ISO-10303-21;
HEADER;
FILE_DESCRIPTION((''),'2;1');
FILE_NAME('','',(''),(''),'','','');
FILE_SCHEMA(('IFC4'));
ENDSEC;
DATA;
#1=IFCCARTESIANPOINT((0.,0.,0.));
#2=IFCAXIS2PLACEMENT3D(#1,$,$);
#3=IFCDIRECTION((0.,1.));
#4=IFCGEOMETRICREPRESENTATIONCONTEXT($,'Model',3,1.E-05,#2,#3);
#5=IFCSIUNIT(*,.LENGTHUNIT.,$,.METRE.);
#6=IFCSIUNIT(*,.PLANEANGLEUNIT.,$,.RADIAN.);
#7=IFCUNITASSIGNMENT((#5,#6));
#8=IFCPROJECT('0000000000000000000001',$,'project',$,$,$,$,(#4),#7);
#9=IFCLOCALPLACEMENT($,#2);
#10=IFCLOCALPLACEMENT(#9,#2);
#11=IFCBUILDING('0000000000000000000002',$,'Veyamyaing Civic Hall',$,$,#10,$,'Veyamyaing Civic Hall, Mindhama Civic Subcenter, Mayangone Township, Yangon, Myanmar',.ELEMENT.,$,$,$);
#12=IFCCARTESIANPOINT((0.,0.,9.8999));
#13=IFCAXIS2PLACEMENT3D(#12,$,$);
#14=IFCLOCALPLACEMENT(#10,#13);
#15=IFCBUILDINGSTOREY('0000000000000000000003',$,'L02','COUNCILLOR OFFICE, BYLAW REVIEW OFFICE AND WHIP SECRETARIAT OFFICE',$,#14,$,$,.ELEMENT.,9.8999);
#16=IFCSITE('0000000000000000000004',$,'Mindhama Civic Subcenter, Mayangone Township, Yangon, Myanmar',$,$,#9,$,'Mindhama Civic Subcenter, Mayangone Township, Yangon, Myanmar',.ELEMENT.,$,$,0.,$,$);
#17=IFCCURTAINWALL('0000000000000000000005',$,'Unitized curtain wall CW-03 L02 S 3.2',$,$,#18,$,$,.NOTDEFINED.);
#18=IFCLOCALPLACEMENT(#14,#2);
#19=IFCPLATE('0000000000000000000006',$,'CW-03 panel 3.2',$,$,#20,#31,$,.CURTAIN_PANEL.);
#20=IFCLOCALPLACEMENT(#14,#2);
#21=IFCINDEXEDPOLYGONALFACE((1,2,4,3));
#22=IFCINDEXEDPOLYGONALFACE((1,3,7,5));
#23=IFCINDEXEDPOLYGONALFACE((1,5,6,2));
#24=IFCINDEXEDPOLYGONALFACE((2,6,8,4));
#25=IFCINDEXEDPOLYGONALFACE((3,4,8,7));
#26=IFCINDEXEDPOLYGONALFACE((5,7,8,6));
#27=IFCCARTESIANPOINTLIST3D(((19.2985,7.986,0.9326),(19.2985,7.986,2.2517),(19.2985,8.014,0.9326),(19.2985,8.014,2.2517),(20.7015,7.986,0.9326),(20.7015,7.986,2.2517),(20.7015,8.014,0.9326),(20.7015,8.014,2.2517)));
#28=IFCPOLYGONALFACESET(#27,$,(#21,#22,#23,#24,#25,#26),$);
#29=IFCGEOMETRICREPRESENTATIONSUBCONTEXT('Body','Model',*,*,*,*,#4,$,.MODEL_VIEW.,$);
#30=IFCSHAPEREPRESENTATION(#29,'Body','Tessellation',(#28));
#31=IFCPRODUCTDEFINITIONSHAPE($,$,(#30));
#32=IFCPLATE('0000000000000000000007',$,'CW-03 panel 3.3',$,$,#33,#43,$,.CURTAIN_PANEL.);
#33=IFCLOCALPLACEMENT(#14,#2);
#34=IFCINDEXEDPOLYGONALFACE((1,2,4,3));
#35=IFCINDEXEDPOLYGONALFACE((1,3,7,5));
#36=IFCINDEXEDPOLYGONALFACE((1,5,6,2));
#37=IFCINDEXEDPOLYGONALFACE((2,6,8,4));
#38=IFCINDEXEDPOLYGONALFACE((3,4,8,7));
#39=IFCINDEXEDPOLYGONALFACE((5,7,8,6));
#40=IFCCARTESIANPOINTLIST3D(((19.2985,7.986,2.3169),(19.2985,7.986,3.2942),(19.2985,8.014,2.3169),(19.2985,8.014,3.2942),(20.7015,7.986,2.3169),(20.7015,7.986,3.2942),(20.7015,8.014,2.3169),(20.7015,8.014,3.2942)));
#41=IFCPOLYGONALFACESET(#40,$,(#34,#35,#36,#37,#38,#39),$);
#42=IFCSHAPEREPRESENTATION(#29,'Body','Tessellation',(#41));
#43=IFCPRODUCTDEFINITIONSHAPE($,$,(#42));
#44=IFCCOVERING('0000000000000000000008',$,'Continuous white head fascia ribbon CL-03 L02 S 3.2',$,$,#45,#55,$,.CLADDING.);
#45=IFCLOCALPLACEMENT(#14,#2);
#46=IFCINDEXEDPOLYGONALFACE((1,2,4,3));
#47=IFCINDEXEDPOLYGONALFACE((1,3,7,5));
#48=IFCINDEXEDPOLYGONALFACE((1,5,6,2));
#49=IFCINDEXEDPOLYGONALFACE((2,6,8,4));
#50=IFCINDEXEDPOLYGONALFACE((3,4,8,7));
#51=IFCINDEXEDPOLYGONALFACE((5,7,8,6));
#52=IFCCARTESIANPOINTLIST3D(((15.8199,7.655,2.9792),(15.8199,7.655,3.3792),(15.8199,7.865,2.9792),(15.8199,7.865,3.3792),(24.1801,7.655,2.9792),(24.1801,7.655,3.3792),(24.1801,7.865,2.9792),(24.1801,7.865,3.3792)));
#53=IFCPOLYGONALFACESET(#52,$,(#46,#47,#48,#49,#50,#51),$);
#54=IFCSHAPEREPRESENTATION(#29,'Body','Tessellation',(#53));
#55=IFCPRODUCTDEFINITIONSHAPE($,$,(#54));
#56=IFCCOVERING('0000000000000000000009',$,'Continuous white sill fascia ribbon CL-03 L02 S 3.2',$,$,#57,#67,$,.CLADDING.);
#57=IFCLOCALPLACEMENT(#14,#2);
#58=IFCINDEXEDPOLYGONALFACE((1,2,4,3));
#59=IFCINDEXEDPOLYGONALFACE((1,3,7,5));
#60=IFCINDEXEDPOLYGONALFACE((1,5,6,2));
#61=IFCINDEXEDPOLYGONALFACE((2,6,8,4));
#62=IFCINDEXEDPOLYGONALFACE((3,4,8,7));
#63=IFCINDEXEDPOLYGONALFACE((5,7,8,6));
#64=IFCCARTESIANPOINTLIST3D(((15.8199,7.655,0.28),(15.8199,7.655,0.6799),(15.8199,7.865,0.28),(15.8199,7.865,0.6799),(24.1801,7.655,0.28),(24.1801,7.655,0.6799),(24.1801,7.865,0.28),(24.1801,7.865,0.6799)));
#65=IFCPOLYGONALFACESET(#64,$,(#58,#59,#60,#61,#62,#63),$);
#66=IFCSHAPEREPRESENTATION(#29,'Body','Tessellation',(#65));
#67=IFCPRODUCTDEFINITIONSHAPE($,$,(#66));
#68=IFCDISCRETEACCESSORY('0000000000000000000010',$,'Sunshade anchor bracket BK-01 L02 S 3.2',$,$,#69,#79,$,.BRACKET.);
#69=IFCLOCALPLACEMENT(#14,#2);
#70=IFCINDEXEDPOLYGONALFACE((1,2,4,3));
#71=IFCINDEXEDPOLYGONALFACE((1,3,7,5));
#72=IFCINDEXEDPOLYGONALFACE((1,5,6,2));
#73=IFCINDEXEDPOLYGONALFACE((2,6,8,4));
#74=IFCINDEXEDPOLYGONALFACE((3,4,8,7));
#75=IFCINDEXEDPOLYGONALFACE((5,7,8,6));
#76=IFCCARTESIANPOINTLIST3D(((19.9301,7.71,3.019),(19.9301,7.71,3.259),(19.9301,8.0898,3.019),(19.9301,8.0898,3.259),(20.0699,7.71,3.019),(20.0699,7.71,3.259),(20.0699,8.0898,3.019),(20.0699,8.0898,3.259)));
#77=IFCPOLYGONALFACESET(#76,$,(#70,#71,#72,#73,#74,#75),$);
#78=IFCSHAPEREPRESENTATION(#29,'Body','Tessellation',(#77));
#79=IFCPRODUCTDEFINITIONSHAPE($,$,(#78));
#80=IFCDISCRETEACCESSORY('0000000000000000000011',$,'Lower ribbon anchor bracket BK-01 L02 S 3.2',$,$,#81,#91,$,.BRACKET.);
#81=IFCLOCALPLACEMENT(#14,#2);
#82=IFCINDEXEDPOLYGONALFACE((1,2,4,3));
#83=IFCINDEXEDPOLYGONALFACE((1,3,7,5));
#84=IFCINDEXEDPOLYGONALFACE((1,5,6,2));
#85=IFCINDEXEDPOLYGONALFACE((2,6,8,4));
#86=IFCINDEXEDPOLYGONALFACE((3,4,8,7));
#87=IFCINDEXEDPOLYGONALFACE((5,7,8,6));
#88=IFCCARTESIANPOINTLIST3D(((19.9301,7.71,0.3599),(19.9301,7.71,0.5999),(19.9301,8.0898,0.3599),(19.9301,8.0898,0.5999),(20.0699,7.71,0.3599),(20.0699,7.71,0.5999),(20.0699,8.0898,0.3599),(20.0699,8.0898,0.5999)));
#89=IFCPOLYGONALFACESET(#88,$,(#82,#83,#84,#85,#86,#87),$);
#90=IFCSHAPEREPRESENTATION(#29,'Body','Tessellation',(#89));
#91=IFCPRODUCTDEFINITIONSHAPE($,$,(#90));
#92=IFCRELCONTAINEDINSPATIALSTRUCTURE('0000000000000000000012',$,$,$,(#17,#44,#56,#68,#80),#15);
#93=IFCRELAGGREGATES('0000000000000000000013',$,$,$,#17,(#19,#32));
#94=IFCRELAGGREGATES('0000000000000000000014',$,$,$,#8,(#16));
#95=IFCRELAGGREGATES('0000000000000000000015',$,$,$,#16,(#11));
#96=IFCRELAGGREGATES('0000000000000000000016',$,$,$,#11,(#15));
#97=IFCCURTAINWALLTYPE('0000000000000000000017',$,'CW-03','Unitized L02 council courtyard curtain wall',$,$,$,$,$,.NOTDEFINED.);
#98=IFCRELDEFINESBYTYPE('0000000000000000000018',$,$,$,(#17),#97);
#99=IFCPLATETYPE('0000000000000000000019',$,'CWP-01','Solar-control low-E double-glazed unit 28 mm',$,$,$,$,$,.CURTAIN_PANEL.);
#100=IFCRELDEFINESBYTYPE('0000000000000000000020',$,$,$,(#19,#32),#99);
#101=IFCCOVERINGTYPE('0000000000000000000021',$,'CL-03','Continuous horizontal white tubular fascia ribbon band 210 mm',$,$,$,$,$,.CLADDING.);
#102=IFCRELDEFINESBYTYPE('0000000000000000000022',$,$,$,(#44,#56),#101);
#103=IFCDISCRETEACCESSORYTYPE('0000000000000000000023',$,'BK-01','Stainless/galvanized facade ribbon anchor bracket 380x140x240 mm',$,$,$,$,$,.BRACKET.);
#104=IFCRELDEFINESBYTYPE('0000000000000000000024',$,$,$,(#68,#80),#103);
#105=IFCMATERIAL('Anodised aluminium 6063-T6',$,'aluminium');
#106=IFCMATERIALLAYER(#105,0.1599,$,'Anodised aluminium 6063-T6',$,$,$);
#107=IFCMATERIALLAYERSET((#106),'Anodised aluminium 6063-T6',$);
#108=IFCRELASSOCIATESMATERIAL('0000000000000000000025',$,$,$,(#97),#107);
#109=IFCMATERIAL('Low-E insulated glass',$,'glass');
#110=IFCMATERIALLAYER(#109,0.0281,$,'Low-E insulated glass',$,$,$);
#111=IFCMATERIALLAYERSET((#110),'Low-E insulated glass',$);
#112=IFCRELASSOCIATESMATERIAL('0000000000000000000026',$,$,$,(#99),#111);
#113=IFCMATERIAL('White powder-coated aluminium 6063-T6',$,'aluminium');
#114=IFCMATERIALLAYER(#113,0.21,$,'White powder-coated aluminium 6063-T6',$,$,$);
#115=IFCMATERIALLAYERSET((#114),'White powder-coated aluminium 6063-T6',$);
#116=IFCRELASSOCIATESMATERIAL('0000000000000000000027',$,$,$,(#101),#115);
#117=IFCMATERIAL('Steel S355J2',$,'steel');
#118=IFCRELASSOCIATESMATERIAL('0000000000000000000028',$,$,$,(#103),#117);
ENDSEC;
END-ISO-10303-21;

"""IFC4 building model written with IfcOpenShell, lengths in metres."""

from ifc_helpers import new_model, si_unit, direction, frame, origin, origin_2d, place, context, subcontext, project, spatial, rectangle, extrude, material, layer, layer_set, type_object, element, aggregate, save


model = new_model("IFC4")

# Units and contexts
model_context = context("Model", 3, precision=1e-05, world=origin(), true_north=direction((0.0, 1.0)))
body_context = subcontext(model_context, "Body", "Model", "MODEL_VIEW")
ifc_project = project(units=[si_unit("LENGTHUNIT", "METRE"), si_unit("PLANEANGLEUNIT", "RADIAN")], contexts=[model_context])

# Site, building, storey
site_placement = place(None, origin())
site = spatial("IfcSite", under=ifc_project, at=site_placement, Name="Mindhama Civic Subcenter, Mayangone Township, Yangon, Myanmar", LongName="Mindhama Civic Subcenter, Mayangone Township, Yangon, Myanmar", CompositionType="ELEMENT", RefElevation=0.0)
building_placement = place(site_placement, origin())
building = spatial("IfcBuilding", under=site, at=building_placement, Name="Veyamyaing Civic Hall", LongName="Veyamyaing Civic Hall, Mindhama Civic Subcenter, Mayangone Township, Yangon, Myanmar", CompositionType="ELEMENT")
storey_placement = place(building_placement, frame((0.0, 0.0, 9.8999)))
storey = spatial("IfcBuildingStorey", under=building, at=storey_placement, Name="L02", Description="COUNCILLOR OFFICE, BYLAW REVIEW OFFICE AND WHIP SECRETARIAT OFFICE", CompositionType="ELEMENT", Elevation=9.8999)

# Curtain wall, plates
ifc_material_1 = material(Name="Anodised aluminium 6063-T6", Category="aluminium")
ifc_layer_1 = layer(ifc_material_1, 0.1599, Name="Anodised aluminium 6063-T6")
ifc_layer_set_1 = layer_set([ifc_layer_1], Name="Anodised aluminium 6063-T6")
curtain_wall_type = type_object("IfcCurtainWallType", Name="CW-03", Description="Unitized L02 council courtyard curtain wall", PredefinedType="NOTDEFINED", material=ifc_layer_set_1)
curtain_wall_placement = place(storey_placement, origin())
curtain_wall = element("IfcCurtainWall", 1, at=curtain_wall_placement, inside=storey, type_object=curtain_wall_type, Name="Unitized curtain wall CW-03 L02 S 3.2", PredefinedType="NOTDEFINED")
ifc_material_2 = material(Name="Low-E insulated glass", Category="glass")
ifc_layer_2 = layer(ifc_material_2, 0.0281, Name="Low-E insulated glass")
ifc_layer_set_2 = layer_set([ifc_layer_2], Name="Low-E insulated glass")
plate_type = type_object("IfcPlateType", Name="CWP-01", Description="Solar-control low-E double-glazed unit 28 mm", PredefinedType="CURTAIN_PANEL", material=ifc_layer_set_2)
plate_1_placement = place(storey_placement, frame((20.0, 8.0, 0.9326), z_axis=(0.0, 0.0, 1.0), x_axis=(1.0, 0.0, 0.0)))
plate_1 = element("IfcPlate", 2, at=plate_1_placement, type_object=plate_type, Name="CW-03 panel 3.2", PredefinedType="CURTAIN_PANEL", context=body_context, shape_type="SweptSolid", body=[
    extrude(rectangle(XDim=1.4031, YDim=0.0281, at=origin_2d()), origin(), (0.0, 0.0, 1.0), 1.3191),
])
plate_2_placement = place(storey_placement, frame((20.0, 8.0, 2.3169), z_axis=(0.0, 0.0, 1.0), x_axis=(1.0, 0.0, 0.0)))
plate_2 = element("IfcPlate", 3, at=plate_2_placement, type_object=plate_type, Name="CW-03 panel 3.3", PredefinedType="CURTAIN_PANEL", context=body_context, shape_type="SweptSolid", body=[
    extrude(rectangle(XDim=1.4031, YDim=0.0281, at=origin_2d()), origin(), (0.0, 0.0, 1.0), 0.9773),
])
aggregate(curtain_wall, [plate_1, plate_2])

# Coverings
ifc_material_3 = material(Name="White powder-coated aluminium 6063-T6", Category="aluminium")
ifc_layer_3 = layer(ifc_material_3, 0.21, Name="White powder-coated aluminium 6063-T6")
ifc_layer_set_3 = layer_set([ifc_layer_3], Name="White powder-coated aluminium 6063-T6")
covering_type = type_object("IfcCoveringType", Name="CL-03", Description="Continuous horizontal white tubular fascia ribbon band 210 mm", PredefinedType="CLADDING", material=ifc_layer_set_3)
for number, where, z_axis, x_axis, name in (
    (4, (20.0, 7.76, 2.9792), (0.0, 0.0, 1.0), (1.0, 0.0, 0.0), "Continuous white head fascia ribbon CL-03 L02 S 3.2"),
    (5, (20.0, 7.76, 0.28), (0.0, 0.0, 1.0), (1.0, 0.0, 0.0), "Continuous white sill fascia ribbon CL-03 L02 S 3.2"),
):
    element("IfcCovering", number, at=place(storey_placement, frame(where, z_axis=z_axis, x_axis=x_axis)), inside=storey, type_object=covering_type, Name=name, PredefinedType="CLADDING", context=body_context, shape_type="SweptSolid", body=[
        extrude(rectangle(XDim=8.3601, YDim=0.21, at=origin_2d()), origin(), (0.0, 0.0, 1.0), 0.3999),
    ])

# Discrete accessories
ifc_material_4 = material(Name="Steel S355J2", Category="steel")
discrete_accessory_type = type_object("IfcDiscreteAccessoryType", Name="BK-01", Description="Stainless/galvanized facade ribbon anchor bracket 380x140x240 mm", PredefinedType="BRACKET", material=ifc_material_4)
for number, where, z_axis, x_axis, name in (
    (6, (20.0, 7.8999, 3.019), (0.0, 0.0, 1.0), (0.0, -1.0, 0.0), "Sunshade anchor bracket BK-01 L02 S 3.2"),
    (7, (20.0, 7.8999, 0.3599), (0.0, 0.0, 1.0), (0.0, -1.0, 0.0), "Lower ribbon anchor bracket BK-01 L02 S 3.2"),
):
    element("IfcDiscreteAccessory", number, at=place(storey_placement, frame(where, z_axis=z_axis, x_axis=x_axis)), inside=storey, type_object=discrete_accessory_type, Name=name, PredefinedType="BRACKET", context=body_context, shape_type="SweptSolid", body=[
        extrude(rectangle(XDim=0.3799, YDim=0.1399, at=origin_2d()), origin(), (0.0, 0.0, 1.0), 0.24),
    ])

save(model, "model.ifc")
